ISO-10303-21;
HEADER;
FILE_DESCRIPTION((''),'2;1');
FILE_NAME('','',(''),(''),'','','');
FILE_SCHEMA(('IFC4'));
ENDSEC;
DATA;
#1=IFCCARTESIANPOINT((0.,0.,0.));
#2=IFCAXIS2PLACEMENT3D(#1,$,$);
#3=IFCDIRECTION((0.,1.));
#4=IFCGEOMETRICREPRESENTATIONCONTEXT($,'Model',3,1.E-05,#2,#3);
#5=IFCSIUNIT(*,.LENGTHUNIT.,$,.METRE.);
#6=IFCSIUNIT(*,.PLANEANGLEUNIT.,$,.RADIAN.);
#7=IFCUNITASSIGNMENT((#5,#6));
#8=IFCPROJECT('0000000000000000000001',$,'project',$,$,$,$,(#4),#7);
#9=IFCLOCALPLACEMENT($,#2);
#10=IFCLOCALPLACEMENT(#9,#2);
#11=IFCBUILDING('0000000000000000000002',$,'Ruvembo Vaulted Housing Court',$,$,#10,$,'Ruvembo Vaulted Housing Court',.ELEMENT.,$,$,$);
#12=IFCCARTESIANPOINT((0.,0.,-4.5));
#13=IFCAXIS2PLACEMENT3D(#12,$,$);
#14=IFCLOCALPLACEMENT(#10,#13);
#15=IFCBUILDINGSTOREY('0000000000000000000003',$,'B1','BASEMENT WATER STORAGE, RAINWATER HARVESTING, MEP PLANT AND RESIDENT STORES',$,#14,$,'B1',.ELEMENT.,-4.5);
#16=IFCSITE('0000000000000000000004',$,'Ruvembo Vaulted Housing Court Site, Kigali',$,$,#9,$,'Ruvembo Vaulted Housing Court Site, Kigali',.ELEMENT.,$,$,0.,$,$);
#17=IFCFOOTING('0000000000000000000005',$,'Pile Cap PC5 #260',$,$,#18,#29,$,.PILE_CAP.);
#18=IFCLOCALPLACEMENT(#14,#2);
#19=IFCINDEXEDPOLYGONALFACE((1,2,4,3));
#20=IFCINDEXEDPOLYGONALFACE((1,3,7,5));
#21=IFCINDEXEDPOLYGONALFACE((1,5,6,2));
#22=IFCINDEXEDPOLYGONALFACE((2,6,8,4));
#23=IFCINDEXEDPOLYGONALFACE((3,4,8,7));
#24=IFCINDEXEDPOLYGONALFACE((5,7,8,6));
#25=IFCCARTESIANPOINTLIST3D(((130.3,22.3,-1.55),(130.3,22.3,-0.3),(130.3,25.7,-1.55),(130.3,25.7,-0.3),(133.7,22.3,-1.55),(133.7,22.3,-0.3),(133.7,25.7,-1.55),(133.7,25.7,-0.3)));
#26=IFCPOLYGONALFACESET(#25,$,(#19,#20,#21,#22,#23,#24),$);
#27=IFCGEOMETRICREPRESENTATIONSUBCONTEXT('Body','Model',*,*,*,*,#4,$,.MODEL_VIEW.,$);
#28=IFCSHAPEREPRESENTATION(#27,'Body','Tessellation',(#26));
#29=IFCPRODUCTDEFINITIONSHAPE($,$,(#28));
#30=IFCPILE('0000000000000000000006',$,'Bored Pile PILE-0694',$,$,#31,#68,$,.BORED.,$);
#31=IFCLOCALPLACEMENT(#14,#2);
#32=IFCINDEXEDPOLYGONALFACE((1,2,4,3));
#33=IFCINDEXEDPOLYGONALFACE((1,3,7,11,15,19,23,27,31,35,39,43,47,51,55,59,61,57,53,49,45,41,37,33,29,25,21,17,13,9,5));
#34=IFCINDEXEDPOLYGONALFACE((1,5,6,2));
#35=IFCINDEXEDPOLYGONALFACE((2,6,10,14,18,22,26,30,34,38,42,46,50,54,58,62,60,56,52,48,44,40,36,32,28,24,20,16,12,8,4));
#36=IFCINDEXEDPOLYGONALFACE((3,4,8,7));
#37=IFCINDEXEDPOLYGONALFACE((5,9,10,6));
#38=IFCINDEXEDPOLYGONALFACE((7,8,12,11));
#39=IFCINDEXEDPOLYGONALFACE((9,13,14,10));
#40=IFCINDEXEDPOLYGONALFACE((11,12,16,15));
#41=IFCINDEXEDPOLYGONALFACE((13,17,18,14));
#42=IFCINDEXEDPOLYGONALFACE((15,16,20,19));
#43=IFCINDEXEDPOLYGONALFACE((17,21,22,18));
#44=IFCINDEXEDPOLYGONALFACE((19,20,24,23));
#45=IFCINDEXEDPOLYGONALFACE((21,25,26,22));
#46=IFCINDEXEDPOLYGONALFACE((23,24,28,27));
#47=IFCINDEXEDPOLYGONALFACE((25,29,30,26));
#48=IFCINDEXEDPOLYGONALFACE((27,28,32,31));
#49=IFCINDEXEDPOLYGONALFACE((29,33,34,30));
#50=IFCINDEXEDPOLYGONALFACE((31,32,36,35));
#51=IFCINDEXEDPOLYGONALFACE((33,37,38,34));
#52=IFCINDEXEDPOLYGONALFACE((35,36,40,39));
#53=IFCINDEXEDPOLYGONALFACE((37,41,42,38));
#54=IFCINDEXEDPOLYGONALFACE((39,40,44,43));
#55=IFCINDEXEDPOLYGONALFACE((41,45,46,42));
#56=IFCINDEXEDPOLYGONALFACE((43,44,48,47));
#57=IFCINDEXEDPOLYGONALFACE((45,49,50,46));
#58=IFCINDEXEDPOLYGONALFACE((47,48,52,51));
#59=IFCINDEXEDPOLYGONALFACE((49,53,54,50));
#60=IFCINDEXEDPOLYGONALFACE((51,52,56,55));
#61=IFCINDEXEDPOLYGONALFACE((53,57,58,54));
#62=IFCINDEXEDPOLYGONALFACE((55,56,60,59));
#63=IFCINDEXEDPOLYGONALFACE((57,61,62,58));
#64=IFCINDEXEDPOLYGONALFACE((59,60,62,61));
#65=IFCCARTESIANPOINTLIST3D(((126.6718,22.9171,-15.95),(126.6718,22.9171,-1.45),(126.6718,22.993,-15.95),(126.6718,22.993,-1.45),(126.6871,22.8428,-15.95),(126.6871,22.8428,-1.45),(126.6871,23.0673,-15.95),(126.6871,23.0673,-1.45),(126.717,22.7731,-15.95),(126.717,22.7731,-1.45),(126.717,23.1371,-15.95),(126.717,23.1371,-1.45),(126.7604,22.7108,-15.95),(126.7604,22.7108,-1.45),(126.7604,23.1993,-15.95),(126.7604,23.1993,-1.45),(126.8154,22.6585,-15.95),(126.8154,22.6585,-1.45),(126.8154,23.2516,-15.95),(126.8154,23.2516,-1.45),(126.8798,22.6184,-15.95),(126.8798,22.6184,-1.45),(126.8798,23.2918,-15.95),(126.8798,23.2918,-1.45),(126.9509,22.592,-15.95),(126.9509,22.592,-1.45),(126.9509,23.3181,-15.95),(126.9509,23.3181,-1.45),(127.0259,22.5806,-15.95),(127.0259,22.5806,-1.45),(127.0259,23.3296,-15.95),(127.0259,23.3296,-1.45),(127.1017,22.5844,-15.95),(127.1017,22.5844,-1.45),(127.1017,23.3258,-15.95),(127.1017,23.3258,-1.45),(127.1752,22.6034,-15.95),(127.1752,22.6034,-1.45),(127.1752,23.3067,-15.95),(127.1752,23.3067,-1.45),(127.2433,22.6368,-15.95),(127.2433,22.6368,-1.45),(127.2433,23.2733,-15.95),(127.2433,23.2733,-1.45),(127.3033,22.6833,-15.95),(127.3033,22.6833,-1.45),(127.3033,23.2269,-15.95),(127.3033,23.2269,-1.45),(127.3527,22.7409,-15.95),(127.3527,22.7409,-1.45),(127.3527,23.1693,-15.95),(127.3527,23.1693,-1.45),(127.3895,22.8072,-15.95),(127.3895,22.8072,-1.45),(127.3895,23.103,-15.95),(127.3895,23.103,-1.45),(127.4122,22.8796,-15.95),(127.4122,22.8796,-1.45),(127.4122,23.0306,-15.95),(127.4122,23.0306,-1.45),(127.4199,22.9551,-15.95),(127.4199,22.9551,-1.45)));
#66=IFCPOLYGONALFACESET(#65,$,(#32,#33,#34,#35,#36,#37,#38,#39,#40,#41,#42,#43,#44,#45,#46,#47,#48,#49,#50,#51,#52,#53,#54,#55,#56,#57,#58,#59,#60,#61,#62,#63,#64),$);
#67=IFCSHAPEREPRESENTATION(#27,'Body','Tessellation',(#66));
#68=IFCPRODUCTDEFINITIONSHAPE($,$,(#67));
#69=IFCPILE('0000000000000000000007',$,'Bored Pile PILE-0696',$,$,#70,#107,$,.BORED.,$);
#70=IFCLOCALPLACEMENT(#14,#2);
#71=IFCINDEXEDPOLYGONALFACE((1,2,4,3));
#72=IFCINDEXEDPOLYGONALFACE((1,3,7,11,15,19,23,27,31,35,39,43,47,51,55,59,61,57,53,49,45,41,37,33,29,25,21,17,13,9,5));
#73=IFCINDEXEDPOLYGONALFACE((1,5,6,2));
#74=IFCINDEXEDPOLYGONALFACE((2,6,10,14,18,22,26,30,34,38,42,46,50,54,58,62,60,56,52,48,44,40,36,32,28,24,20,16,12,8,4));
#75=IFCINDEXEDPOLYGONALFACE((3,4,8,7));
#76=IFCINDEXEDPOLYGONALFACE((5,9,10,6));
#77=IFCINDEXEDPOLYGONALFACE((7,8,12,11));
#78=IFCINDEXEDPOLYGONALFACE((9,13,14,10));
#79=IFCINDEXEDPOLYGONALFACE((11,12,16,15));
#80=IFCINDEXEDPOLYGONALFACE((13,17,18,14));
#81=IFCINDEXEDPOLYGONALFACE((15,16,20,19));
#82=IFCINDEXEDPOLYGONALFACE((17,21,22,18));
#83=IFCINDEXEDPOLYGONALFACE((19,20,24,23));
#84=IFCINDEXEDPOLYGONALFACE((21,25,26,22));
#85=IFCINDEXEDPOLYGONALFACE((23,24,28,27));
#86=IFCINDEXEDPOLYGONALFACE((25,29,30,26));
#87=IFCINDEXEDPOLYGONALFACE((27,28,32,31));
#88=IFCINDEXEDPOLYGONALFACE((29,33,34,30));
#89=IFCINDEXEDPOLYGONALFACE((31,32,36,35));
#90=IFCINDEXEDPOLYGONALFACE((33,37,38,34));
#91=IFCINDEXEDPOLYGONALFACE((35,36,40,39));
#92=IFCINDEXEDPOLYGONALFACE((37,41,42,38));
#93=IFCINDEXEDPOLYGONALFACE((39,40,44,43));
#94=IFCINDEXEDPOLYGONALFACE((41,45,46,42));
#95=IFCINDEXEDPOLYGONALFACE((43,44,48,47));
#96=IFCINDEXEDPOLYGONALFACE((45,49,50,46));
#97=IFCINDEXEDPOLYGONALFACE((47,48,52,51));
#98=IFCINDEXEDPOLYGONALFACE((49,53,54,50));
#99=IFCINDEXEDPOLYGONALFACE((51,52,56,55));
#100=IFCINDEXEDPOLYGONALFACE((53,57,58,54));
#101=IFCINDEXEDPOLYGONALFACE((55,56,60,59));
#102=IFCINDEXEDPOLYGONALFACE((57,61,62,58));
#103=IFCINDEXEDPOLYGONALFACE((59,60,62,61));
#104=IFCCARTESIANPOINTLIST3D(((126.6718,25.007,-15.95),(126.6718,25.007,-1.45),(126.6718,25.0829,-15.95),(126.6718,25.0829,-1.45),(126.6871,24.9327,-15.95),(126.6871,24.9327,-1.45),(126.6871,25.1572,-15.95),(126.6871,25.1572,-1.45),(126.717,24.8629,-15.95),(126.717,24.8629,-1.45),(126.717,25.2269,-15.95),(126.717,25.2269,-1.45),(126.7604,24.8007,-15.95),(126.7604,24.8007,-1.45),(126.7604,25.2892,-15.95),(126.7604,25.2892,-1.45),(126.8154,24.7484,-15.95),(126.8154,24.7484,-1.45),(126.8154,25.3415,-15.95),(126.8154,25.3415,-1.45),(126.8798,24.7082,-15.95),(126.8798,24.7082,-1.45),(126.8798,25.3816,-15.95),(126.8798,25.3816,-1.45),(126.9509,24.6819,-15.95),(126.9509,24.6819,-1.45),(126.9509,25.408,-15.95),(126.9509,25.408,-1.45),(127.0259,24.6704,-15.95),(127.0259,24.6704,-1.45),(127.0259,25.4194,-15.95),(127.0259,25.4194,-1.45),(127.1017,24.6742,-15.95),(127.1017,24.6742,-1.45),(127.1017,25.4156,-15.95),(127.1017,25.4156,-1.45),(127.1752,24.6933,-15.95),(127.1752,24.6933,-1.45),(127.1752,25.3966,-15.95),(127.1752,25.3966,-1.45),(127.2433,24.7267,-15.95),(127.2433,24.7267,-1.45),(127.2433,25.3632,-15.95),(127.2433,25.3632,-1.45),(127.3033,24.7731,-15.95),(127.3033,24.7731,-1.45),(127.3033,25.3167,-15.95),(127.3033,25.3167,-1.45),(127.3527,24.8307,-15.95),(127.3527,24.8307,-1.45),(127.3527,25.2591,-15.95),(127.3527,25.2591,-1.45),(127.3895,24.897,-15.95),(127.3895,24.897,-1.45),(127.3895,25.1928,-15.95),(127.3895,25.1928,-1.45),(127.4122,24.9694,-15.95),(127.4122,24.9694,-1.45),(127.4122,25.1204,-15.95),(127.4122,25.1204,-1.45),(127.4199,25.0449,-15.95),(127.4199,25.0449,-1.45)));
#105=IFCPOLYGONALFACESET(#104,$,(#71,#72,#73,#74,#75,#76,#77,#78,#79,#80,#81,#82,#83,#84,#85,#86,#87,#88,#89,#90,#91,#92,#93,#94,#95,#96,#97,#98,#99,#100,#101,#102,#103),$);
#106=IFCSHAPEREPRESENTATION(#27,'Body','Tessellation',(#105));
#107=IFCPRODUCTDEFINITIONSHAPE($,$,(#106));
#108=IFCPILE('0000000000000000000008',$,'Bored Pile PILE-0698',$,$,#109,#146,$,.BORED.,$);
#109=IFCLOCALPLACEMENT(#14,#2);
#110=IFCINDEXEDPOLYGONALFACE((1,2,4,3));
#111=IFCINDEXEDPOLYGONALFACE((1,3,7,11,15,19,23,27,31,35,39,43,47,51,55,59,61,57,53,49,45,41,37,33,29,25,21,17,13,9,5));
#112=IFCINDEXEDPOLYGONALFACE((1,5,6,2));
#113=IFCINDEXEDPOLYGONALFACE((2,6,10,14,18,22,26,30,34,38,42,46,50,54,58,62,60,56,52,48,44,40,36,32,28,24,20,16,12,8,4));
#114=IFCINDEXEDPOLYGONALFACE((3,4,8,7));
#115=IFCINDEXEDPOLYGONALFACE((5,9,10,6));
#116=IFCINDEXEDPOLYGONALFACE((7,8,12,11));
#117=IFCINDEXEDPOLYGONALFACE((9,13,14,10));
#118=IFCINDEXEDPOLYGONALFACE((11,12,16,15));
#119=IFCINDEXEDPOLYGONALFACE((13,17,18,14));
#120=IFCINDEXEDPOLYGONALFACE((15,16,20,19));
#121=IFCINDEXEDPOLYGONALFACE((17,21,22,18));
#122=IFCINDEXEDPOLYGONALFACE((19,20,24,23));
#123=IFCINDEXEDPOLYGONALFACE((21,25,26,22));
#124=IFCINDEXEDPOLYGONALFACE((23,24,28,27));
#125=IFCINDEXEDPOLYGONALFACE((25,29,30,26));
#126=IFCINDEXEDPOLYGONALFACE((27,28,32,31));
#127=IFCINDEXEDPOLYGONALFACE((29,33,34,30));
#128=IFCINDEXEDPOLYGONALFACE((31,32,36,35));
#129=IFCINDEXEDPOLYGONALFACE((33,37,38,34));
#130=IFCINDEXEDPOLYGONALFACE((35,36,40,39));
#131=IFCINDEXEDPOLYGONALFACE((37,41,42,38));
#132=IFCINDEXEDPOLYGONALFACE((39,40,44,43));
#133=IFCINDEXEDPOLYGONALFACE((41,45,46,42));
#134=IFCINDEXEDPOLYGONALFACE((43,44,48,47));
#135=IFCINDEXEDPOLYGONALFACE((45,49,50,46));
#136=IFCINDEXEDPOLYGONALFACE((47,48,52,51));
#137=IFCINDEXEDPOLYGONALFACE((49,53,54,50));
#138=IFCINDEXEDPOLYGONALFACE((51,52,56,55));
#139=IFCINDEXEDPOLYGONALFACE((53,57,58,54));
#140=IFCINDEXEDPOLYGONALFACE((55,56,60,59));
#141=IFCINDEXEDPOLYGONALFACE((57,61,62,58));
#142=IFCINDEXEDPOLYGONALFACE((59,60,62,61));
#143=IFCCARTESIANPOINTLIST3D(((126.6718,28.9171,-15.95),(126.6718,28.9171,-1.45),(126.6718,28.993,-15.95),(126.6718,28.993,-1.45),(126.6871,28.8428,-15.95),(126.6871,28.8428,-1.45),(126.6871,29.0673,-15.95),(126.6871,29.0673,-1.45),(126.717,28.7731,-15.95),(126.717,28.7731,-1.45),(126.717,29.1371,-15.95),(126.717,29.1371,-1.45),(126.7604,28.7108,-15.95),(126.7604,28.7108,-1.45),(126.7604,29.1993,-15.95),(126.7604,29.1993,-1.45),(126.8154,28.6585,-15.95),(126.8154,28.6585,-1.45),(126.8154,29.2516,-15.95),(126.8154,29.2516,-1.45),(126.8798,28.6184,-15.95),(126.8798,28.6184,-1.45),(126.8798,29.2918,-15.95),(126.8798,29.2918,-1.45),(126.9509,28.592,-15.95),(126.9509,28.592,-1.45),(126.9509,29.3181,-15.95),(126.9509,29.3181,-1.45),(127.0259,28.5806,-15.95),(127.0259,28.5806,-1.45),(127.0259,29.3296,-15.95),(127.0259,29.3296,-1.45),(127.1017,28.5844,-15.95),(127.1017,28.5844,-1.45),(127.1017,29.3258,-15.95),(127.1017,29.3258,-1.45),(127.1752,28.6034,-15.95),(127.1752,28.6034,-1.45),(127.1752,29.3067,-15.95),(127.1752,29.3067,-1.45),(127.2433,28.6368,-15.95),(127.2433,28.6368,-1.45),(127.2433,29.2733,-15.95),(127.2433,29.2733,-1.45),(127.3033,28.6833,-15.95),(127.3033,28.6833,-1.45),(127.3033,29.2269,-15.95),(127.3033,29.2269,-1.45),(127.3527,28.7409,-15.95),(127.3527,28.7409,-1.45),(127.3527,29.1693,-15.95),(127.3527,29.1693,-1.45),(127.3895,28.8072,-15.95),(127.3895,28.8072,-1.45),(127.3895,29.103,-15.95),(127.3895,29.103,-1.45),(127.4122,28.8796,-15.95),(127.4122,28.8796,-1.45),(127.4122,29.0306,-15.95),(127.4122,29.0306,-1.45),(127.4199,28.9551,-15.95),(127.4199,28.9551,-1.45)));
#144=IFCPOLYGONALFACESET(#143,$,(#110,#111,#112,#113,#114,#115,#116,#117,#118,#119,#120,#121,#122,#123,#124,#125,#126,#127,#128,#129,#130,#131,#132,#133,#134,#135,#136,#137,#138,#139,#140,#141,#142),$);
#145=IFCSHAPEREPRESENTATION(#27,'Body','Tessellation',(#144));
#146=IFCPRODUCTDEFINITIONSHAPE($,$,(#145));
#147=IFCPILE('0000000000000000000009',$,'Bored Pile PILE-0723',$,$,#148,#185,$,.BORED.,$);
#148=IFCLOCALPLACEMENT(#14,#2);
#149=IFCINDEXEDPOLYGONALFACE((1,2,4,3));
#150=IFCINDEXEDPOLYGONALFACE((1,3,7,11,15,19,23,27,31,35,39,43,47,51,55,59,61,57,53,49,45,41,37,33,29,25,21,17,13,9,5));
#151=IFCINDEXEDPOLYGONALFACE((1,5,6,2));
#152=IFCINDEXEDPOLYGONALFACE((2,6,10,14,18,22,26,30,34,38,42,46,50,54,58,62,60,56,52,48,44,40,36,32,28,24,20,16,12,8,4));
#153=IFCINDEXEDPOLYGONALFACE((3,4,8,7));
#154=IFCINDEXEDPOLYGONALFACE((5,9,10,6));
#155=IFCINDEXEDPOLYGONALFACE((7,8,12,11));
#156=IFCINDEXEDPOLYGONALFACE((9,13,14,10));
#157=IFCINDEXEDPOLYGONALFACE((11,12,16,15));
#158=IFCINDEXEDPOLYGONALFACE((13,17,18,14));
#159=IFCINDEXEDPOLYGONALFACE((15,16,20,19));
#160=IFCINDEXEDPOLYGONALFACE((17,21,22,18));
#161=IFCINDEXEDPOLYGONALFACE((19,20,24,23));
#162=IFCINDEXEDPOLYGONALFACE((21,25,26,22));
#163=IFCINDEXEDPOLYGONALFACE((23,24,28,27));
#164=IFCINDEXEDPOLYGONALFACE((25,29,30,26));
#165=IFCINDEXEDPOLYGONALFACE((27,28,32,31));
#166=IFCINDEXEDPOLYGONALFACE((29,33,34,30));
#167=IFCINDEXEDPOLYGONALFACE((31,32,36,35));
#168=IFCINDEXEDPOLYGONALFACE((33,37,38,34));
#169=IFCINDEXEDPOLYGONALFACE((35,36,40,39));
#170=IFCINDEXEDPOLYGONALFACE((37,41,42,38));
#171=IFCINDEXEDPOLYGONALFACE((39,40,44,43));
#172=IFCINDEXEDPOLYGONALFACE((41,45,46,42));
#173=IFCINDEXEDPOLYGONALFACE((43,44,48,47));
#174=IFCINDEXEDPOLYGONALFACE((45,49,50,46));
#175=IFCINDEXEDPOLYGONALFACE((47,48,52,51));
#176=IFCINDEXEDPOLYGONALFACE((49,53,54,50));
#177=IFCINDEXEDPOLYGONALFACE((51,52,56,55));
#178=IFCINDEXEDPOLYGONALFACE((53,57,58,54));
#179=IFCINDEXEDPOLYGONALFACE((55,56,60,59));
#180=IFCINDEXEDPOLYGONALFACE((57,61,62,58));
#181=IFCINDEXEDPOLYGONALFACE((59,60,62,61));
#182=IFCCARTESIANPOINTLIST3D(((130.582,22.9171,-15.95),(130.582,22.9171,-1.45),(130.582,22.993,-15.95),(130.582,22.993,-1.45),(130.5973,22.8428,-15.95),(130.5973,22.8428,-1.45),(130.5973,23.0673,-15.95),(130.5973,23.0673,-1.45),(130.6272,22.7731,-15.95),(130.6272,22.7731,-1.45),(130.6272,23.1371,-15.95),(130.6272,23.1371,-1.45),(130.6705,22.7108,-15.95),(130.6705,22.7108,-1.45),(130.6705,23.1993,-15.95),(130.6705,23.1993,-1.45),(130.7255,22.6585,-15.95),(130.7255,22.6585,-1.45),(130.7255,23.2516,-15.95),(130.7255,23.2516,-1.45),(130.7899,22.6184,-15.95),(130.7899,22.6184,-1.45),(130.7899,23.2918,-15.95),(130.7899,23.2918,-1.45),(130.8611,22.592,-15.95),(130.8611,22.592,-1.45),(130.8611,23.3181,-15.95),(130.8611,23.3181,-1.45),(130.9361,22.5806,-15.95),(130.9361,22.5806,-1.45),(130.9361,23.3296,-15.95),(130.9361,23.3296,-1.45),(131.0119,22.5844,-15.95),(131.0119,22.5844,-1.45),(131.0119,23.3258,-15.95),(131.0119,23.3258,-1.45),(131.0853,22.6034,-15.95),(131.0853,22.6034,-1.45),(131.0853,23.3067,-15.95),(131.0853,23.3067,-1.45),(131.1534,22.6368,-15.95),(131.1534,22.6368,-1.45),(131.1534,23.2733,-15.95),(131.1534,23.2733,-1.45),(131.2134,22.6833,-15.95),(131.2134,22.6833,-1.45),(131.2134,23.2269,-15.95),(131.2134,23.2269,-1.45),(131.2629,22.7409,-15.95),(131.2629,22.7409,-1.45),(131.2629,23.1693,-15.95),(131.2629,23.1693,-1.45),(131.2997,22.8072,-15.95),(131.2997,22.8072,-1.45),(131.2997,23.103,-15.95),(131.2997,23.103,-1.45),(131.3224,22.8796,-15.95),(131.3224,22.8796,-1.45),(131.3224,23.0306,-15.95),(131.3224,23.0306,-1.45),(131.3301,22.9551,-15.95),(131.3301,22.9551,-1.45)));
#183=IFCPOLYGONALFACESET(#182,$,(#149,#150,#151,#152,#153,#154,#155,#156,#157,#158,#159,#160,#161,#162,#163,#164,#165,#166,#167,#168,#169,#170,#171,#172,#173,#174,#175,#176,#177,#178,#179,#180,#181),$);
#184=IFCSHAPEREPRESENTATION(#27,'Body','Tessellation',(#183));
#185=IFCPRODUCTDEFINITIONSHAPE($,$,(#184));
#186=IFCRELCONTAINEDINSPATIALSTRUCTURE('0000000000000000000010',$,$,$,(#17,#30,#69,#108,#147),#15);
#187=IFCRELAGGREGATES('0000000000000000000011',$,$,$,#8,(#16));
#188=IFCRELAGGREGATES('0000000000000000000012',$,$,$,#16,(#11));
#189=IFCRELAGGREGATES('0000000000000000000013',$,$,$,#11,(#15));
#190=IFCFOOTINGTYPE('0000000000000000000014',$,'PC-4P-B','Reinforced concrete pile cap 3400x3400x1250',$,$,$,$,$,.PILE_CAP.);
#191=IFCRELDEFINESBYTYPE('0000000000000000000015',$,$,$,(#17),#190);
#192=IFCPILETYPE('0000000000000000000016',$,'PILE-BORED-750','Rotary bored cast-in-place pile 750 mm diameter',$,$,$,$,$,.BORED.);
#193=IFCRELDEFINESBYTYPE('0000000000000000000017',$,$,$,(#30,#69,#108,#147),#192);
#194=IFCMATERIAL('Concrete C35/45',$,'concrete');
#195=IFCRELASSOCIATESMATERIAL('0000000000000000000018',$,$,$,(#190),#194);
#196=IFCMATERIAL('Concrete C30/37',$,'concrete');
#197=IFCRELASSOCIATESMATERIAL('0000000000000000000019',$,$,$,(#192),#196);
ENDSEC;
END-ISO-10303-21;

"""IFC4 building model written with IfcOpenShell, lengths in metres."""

from ifc_helpers import new_model, si_unit, direction, frame, origin, origin_2d, place, context, subcontext, project, spatial, rectangle, circle, extrude, material, material_profile, profile_set, type_object, element, save


model = new_model("IFC4")

# Units and contexts
model_context = context("Model", 3, precision=1e-05, world=origin(), true_north=direction((0.0, 1.0)))
body_context = subcontext(model_context, "Body", "Model", "MODEL_VIEW")
ifc_project = project(units=[si_unit("LENGTHUNIT", "METRE"), si_unit("PLANEANGLEUNIT", "RADIAN")], contexts=[model_context])

# Site, building, storey
site_placement = place(None, origin())
site = spatial("IfcSite", under=ifc_project, at=site_placement, Name="Ruvembo Vaulted Housing Court Site, Kigali", LongName="Ruvembo Vaulted Housing Court Site, Kigali", CompositionType="ELEMENT", RefElevation=0.0)
building_placement = place(site_placement, origin())
building = spatial("IfcBuilding", under=site, at=building_placement, Name="Ruvembo Vaulted Housing Court", LongName="Ruvembo Vaulted Housing Court", CompositionType="ELEMENT")
storey_placement = place(building_placement, frame((0.0, 0.0, -4.5)))
storey = spatial("IfcBuildingStorey", under=building, at=storey_placement, Name="B1", Description="BASEMENT WATER STORAGE, RAINWATER HARVESTING, MEP PLANT AND RESIDENT STORES", LongName="B1", CompositionType="ELEMENT", Elevation=-4.5)

# Footing
ifc_material_1 = material(Name="Concrete C35/45", Category="concrete")
footing_type = type_object("IfcFootingType", Name="PC-4P-B", Description="Reinforced concrete pile cap 3400x3400x1250", PredefinedType="PILE_CAP", material=ifc_material_1)
footing_placement = place(storey_placement, frame((132.0, 24.0, -1.55), z_axis=(0.0, 0.0, 1.0), x_axis=(1.0, 0.0, 0.0)))
element("IfcFooting", 1, at=footing_placement, inside=storey, type_object=footing_type, Name="Pile Cap PC5 #260", PredefinedType="PILE_CAP", context=body_context, shape_type="SweptSolid", body=[
    extrude(rectangle(XDim=3.3999, YDim=3.3999, at=origin_2d()), origin(), (0.0, 0.0, 1.0), 1.25),
])

# Piles
ifc_material_2 = material(Name="Concrete C30/37", Category="concrete")
ifc_material_profile_1 = material_profile(ifc_material_2, circle(Radius=0.375, at=origin_2d()), Name="PILE D750")
ifc_profile_set_1 = profile_set([ifc_material_profile_1], Name="Concrete C30/37")
pile_type_1 = type_object("IfcPileType", Name="PILE-BORED-750", Description="Rotary bored cast-in-place pile 750 mm diameter", PredefinedType="BORED", material=ifc_profile_set_1)
for number, where, z_axis, x_axis, name in (
    (2, (127.0449, 22.9551, -1.45), (0.0, 0.0, -1.0), (1.0, 0.0, 0.0), "Bored Pile PILE-0694"),
    (3, (127.0449, 25.0449, -1.45), (0.0, 0.0, -1.0), (1.0, 0.0, 0.0), "Bored Pile PILE-0696"),
    (4, (127.0449, 28.9551, -1.45), (0.0, 0.0, -1.0), (1.0, 0.0, 0.0), "Bored Pile PILE-0698"),
    (5, (130.9551, 22.9551, -1.45), (0.0, 0.0, -1.0), (1.0, 0.0, 0.0), "Bored Pile PILE-0723"),
):
    element("IfcPile", number, at=place(storey_placement, frame(where, z_axis=z_axis, x_axis=x_axis)), inside=storey, type_object=pile_type_1, Name=name, PredefinedType="BORED", context=body_context, shape_type="SweptSolid", body=[
        extrude(circle(Radius=0.375, at=origin_2d()), origin(), (0.0, 0.0, 1.0), 14.5),
    ])

save(model, "model.ifc")
